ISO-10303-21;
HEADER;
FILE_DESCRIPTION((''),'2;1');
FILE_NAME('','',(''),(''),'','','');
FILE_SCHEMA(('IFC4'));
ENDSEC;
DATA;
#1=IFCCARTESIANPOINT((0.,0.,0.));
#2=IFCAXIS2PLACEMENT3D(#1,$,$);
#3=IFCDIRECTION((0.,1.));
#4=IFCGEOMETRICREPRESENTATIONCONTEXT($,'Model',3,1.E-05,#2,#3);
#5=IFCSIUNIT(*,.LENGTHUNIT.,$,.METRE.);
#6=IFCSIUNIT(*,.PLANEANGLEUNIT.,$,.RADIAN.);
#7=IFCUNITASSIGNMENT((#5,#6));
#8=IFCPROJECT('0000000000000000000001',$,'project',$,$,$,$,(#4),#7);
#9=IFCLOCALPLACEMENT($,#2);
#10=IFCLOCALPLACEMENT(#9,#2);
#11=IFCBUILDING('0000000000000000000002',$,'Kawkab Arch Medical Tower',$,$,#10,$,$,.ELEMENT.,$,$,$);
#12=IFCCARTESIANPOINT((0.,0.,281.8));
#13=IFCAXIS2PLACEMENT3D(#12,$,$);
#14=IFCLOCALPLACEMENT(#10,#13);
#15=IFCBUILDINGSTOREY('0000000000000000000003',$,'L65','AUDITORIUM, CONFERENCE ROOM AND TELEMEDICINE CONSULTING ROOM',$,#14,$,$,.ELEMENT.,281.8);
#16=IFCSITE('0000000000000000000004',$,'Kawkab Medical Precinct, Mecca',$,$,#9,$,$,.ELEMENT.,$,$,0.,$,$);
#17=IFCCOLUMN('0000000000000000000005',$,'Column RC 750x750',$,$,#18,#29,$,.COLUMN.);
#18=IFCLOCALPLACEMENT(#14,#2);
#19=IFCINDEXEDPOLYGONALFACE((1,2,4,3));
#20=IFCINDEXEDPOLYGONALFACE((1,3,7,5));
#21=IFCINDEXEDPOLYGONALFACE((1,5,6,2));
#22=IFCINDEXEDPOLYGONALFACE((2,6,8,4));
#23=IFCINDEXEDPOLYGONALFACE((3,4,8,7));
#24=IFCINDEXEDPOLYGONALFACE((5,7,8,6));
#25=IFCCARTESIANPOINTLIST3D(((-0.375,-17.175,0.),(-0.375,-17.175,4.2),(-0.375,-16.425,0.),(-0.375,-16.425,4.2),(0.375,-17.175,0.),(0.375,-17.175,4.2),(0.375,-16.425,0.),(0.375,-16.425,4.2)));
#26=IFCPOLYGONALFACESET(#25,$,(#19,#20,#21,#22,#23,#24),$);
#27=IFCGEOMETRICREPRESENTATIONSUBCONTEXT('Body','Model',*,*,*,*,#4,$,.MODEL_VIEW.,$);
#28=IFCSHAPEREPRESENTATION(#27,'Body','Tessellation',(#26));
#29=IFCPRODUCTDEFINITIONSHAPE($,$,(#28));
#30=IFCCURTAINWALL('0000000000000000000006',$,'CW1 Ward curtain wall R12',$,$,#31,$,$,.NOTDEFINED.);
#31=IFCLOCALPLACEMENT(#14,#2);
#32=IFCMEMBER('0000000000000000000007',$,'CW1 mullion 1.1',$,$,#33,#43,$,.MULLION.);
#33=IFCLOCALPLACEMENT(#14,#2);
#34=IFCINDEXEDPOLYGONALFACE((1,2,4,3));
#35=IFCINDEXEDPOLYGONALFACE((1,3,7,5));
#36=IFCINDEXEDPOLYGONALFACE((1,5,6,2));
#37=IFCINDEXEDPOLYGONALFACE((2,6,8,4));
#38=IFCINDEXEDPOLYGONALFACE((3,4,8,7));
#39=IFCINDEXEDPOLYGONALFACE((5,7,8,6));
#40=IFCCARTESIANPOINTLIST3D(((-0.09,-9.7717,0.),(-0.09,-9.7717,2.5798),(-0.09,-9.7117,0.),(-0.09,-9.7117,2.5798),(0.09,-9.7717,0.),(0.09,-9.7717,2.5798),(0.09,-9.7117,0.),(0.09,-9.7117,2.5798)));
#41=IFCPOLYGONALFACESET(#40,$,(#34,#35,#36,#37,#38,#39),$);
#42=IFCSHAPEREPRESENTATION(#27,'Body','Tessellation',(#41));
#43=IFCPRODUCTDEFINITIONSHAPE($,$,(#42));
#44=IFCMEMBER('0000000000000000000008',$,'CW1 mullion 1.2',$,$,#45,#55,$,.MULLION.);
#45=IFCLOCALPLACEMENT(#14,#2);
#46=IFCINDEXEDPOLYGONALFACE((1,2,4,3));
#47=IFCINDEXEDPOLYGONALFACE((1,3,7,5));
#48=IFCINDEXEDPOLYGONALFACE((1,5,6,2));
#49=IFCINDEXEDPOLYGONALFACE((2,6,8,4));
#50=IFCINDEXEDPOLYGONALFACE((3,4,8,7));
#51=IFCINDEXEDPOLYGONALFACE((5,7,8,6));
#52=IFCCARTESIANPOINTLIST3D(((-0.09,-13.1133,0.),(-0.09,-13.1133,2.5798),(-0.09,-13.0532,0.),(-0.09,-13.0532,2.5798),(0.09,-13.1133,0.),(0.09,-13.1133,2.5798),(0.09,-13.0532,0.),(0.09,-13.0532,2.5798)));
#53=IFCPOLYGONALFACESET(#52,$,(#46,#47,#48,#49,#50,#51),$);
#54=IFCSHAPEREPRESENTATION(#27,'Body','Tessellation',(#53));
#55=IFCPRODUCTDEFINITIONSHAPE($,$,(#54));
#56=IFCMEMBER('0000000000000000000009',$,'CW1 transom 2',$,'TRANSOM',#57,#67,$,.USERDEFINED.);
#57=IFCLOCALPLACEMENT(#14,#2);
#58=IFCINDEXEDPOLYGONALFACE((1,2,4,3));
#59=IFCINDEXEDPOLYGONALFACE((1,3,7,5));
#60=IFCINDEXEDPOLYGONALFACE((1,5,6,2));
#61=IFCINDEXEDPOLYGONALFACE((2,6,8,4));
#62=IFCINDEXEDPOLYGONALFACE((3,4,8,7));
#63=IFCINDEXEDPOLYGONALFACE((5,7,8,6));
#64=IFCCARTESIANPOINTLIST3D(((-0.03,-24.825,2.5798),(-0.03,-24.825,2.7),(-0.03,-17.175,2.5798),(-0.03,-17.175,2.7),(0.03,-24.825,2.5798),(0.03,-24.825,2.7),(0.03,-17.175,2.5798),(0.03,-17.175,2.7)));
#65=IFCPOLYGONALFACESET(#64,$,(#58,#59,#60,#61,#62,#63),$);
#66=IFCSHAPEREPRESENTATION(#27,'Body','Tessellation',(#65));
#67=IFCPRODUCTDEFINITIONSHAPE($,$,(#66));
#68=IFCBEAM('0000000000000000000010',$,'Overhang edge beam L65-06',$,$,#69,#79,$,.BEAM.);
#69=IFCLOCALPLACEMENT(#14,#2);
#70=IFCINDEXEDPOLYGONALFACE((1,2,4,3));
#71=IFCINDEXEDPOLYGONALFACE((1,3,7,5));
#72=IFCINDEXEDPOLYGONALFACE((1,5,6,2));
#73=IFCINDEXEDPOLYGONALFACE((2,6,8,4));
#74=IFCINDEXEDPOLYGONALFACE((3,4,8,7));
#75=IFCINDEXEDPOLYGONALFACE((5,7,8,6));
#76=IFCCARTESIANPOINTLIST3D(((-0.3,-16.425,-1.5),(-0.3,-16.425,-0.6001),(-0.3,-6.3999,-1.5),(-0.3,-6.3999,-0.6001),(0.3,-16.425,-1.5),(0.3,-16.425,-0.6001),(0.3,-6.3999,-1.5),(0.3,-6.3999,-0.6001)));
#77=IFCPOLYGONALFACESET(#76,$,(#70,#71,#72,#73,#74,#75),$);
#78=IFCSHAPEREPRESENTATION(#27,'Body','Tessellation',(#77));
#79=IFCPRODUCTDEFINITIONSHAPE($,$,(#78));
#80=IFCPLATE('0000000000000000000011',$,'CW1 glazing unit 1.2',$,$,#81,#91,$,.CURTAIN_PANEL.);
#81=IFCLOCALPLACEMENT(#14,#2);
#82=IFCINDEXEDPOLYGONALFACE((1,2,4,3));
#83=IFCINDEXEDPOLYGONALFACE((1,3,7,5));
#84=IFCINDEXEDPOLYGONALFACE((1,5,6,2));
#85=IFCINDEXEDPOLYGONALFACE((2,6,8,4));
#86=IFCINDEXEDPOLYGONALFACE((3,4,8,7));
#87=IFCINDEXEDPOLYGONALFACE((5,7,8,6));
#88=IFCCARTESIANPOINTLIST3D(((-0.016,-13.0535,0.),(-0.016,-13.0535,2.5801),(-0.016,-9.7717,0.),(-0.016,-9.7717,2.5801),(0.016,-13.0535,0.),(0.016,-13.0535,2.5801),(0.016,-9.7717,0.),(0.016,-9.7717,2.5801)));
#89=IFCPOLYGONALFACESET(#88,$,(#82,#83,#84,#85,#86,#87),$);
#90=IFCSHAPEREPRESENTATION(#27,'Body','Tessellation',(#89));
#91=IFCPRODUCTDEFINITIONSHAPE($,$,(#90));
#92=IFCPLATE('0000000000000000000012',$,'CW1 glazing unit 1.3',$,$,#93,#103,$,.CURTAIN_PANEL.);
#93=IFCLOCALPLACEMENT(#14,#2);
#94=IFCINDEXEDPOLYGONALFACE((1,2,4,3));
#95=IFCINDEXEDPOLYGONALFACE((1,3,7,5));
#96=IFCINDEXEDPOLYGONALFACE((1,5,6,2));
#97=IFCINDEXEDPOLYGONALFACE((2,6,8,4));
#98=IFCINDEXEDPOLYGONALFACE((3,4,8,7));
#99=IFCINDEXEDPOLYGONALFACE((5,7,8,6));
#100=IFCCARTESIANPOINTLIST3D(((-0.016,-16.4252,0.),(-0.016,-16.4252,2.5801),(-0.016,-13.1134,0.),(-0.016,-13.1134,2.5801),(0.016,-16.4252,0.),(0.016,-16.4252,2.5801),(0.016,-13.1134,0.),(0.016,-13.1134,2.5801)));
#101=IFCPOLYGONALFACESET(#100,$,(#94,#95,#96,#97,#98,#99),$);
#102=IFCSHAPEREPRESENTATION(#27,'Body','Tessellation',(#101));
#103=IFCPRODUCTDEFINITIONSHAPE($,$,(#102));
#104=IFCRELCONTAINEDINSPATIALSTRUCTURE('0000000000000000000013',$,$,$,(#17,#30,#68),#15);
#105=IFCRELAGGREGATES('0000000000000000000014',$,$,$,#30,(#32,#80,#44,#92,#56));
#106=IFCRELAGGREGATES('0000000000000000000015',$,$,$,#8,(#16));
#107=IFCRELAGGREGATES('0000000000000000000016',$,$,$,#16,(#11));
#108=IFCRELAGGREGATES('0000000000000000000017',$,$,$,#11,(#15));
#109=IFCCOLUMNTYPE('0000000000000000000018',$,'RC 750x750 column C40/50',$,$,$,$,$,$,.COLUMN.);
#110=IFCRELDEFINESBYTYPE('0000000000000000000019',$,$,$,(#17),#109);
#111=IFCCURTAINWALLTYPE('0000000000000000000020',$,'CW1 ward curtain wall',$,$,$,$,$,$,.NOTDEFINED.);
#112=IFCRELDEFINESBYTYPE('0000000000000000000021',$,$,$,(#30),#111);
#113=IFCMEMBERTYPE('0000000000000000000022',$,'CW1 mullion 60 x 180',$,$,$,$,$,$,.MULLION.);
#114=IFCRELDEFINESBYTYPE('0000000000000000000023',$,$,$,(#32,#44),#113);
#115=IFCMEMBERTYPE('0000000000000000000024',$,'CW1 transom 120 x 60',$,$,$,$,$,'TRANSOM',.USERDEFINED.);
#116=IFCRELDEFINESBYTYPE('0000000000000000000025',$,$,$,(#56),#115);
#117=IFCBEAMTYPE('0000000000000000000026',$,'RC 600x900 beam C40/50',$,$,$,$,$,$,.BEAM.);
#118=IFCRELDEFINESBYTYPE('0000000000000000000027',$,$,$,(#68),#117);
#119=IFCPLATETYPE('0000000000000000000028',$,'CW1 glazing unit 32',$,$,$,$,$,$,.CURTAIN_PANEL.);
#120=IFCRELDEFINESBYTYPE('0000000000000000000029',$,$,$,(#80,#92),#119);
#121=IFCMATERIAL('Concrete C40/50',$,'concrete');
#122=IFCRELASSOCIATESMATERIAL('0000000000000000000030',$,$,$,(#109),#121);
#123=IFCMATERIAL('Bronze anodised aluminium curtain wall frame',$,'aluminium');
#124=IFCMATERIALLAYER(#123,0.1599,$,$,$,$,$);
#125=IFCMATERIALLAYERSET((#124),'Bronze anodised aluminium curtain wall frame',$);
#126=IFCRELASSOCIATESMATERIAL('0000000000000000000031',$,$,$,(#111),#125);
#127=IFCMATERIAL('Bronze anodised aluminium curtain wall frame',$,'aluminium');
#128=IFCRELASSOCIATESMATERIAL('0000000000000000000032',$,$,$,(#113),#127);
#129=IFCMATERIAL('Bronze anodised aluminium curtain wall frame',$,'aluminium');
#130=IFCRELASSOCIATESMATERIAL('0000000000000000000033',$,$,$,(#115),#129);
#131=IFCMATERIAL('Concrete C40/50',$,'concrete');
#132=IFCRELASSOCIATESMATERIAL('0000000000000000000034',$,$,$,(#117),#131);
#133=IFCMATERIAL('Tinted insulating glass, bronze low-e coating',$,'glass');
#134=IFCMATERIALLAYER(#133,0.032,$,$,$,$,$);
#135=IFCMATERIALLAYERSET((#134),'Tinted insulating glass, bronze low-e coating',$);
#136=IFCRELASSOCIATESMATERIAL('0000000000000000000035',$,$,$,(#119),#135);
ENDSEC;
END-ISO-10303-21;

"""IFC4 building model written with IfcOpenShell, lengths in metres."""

from ifc_helpers import new_model, si_unit, direction, frame, origin, origin_2d, place, context, subcontext, project, spatial, rectangle, extrude, material, layer, layer_set, material_profile, profile_set, type_object, element, aggregate, save


model = new_model("IFC4")

# Units and contexts
model_context = context("Model", 3, precision=1e-05, world=origin(), true_north=direction((0.0, 1.0)))
body_context = subcontext(model_context, "Body", "Model", "MODEL_VIEW")
ifc_project = project(units=[si_unit("LENGTHUNIT", "METRE"), si_unit("PLANEANGLEUNIT", "RADIAN")], contexts=[model_context])

# Site, building, storey
site_placement = place(None, origin())
site = spatial("IfcSite", under=ifc_project, at=site_placement, Name="Kawkab Medical Precinct, Mecca", CompositionType="ELEMENT", RefElevation=0.0)
building_placement = place(site_placement, origin())
building = spatial("IfcBuilding", under=site, at=building_placement, Name="Kawkab Arch Medical Tower", CompositionType="ELEMENT")
storey_placement = place(building_placement, frame((0.0, 0.0, 281.8)))
storey = spatial("IfcBuildingStorey", under=building, at=storey_placement, Name="L65", Description="AUDITORIUM, CONFERENCE ROOM AND TELEMEDICINE CONSULTING ROOM", CompositionType="ELEMENT", Elevation=281.8)

# Column
ifc_material_1 = material(Name="Concrete C40/50", Category="concrete")
ifc_material_profile_1 = material_profile(ifc_material_1, rectangle(XDim=0.75, YDim=0.75, at=origin_2d()), Name="RC 750x750")
ifc_profile_set_1 = profile_set([ifc_material_profile_1], Name="Concrete C40/50")
column_type = type_object("IfcColumnType", Name="RC 750x750 column C40/50", PredefinedType="COLUMN", material=ifc_profile_set_1)
column_placement = place(storey_placement, frame((0.0, -16.8, 0.0), z_axis=(0.0, 0.0, 1.0), x_axis=(1.0, 0.0, 0.0)))
element("IfcColumn", 1, at=column_placement, inside=storey, type_object=column_type, Name="Column RC 750x750", PredefinedType="COLUMN", context=body_context, shape_type="SweptSolid", body=[
    extrude(rectangle(XDim=0.75, YDim=0.75, at=origin_2d()), origin(), (0.0, 0.0, 1.0), 4.2),
])

# Curtain wall, members
ifc_material_2 = material(Name="Bronze anodised aluminium curtain wall frame", Category="aluminium")
ifc_layer_1 = layer(ifc_material_2, 0.1599)
ifc_layer_set_1 = layer_set([ifc_layer_1], Name="Bronze anodised aluminium curtain wall frame")
curtain_wall_type = type_object("IfcCurtainWallType", Name="CW1 ward curtain wall", PredefinedType="NOTDEFINED", material=ifc_layer_set_1)
placement = place(storey_placement, origin())
curtain_wall = element("IfcCurtainWall", 2, at=placement, inside=storey, type_object=curtain_wall_type, Name="CW1 Ward curtain wall R12", PredefinedType="NOTDEFINED")
ifc_material_3 = material(Name="Bronze anodised aluminium curtain wall frame", Category="aluminium")
ifc_material_profile_2 = material_profile(ifc_material_3, rectangle(XDim=0.1799, YDim=0.0601, at=origin_2d()), Name="AL 60x180")
ifc_profile_set_2 = profile_set([ifc_material_profile_2], Name="Bronze anodised aluminium curtain wall frame")
member_type_1 = type_object("IfcMemberType", Name="CW1 mullion 60 x 180", PredefinedType="MULLION", material=ifc_profile_set_2)
member_1_placement = place(storey_placement, frame((0.0, -9.7417, 0.0), z_axis=(0.0, 0.0, 1.0), x_axis=(1.0, 0.0, 0.0)))
member_1 = element("IfcMember", 3, at=member_1_placement, type_object=member_type_1, Name="CW1 mullion 1.1", PredefinedType="MULLION", context=body_context, shape_type="SweptSolid", body=[
    extrude(rectangle(XDim=0.1799, YDim=0.0601, at=origin_2d()), origin(), (0.0, 0.0, 1.0), 2.5798),
])
member_2_placement = place(storey_placement, frame((0.0, -13.0833, 0.0), z_axis=(0.0, 0.0, 1.0), x_axis=(1.0, 0.0, 0.0)))
member_2 = element("IfcMember", 4, at=member_2_placement, type_object=member_type_1, Name="CW1 mullion 1.2", PredefinedType="MULLION", context=body_context, shape_type="SweptSolid", body=[
    extrude(rectangle(XDim=0.1799, YDim=0.0601, at=origin_2d()), origin(), (0.0, 0.0, 1.0), 2.5798),
])
ifc_material_4 = material(Name="Bronze anodised aluminium curtain wall frame", Category="aluminium")
ifc_material_profile_3 = material_profile(ifc_material_4, rectangle(XDim=0.0601, YDim=0.1201, at=origin_2d()), Name="AL 60x120")
ifc_profile_set_3 = profile_set([ifc_material_profile_3], Name="Bronze anodised aluminium curtain wall frame")
member_type_2 = type_object("IfcMemberType", Name="CW1 transom 120 x 60", ElementType="TRANSOM", PredefinedType="USERDEFINED", material=ifc_profile_set_3)
member_3_placement = place(storey_placement, frame((0.0, -17.175, 2.6399), z_axis=(0.0, -1.0, 0.0), x_axis=(1.0, 0.0, 0.0)))
member_3 = element("IfcMember", 5, at=member_3_placement, type_object=member_type_2, Name="CW1 transom 2", ObjectType="TRANSOM", PredefinedType="USERDEFINED", context=body_context, shape_type="SweptSolid", body=[
    extrude(rectangle(XDim=0.0601, YDim=0.1201, at=origin_2d()), origin(), (0.0, 0.0, 1.0), 7.6499),
])

# Beam
ifc_material_5 = material(Name="Concrete C40/50", Category="concrete")
ifc_material_profile_4 = material_profile(ifc_material_5, rectangle(XDim=0.6001, YDim=0.8999, at=origin_2d()), Name="RC 600x900")
ifc_profile_set_4 = profile_set([ifc_material_profile_4], Name="Concrete C40/50")
beam_type = type_object("IfcBeamType", Name="RC 600x900 beam C40/50", PredefinedType="BEAM", material=ifc_profile_set_4)
beam_placement = place(storey_placement, frame((0.0, -16.425, -1.05), z_axis=(0.0, 1.0, 0.0), x_axis=(-1.0, 0.0, 0.0)))
element("IfcBeam", 6, at=beam_placement, inside=storey, type_object=beam_type, Name="Overhang edge beam L65-06", PredefinedType="BEAM", context=body_context, shape_type="SweptSolid", body=[
    extrude(rectangle(XDim=0.6001, YDim=0.8999, at=origin_2d()), origin(), (0.0, 0.0, 1.0), 10.0251),
])

# Plates
ifc_material_6 = material(Name="Tinted insulating glass, bronze low-e coating", Category="glass")
ifc_layer_2 = layer(ifc_material_6, 0.032)
ifc_layer_set_2 = layer_set([ifc_layer_2], Name="Tinted insulating glass, bronze low-e coating")
plate_type = type_object("IfcPlateType", Name="CW1 glazing unit 32", PredefinedType="CURTAIN_PANEL", material=ifc_layer_set_2)
plate_1_placement = place(storey_placement, frame((0.0, -11.4126, 0.0), z_axis=(0.0, 0.0, 1.0), x_axis=(0.0, -1.0, 0.0)))
plate_1 = element("IfcPlate", 7, at=plate_1_placement, type_object=plate_type, Name="CW1 glazing unit 1.2", PredefinedType="CURTAIN_PANEL", context=body_context, shape_type="SweptSolid", body=[
    extrude(rectangle(XDim=3.2817, YDim=0.032, at=origin_2d()), origin(), (0.0, 0.0, 1.0), 2.5801),
])
plate_2_placement = place(storey_placement, frame((0.0, -14.7693, 0.0), z_axis=(0.0, 0.0, 1.0), x_axis=(0.0, -1.0, 0.0)))
plate_2 = element("IfcPlate", 8, at=plate_2_placement, type_object=plate_type, Name="CW1 glazing unit 1.3", PredefinedType="CURTAIN_PANEL", context=body_context, shape_type="SweptSolid", body=[
    extrude(rectangle(XDim=3.3118, YDim=0.032, at=origin_2d()), origin(), (0.0, 0.0, 1.0), 2.5801),
])
aggregate(curtain_wall, [member_1, plate_1, member_2, plate_2, member_3])

save(model, "model.ifc")
